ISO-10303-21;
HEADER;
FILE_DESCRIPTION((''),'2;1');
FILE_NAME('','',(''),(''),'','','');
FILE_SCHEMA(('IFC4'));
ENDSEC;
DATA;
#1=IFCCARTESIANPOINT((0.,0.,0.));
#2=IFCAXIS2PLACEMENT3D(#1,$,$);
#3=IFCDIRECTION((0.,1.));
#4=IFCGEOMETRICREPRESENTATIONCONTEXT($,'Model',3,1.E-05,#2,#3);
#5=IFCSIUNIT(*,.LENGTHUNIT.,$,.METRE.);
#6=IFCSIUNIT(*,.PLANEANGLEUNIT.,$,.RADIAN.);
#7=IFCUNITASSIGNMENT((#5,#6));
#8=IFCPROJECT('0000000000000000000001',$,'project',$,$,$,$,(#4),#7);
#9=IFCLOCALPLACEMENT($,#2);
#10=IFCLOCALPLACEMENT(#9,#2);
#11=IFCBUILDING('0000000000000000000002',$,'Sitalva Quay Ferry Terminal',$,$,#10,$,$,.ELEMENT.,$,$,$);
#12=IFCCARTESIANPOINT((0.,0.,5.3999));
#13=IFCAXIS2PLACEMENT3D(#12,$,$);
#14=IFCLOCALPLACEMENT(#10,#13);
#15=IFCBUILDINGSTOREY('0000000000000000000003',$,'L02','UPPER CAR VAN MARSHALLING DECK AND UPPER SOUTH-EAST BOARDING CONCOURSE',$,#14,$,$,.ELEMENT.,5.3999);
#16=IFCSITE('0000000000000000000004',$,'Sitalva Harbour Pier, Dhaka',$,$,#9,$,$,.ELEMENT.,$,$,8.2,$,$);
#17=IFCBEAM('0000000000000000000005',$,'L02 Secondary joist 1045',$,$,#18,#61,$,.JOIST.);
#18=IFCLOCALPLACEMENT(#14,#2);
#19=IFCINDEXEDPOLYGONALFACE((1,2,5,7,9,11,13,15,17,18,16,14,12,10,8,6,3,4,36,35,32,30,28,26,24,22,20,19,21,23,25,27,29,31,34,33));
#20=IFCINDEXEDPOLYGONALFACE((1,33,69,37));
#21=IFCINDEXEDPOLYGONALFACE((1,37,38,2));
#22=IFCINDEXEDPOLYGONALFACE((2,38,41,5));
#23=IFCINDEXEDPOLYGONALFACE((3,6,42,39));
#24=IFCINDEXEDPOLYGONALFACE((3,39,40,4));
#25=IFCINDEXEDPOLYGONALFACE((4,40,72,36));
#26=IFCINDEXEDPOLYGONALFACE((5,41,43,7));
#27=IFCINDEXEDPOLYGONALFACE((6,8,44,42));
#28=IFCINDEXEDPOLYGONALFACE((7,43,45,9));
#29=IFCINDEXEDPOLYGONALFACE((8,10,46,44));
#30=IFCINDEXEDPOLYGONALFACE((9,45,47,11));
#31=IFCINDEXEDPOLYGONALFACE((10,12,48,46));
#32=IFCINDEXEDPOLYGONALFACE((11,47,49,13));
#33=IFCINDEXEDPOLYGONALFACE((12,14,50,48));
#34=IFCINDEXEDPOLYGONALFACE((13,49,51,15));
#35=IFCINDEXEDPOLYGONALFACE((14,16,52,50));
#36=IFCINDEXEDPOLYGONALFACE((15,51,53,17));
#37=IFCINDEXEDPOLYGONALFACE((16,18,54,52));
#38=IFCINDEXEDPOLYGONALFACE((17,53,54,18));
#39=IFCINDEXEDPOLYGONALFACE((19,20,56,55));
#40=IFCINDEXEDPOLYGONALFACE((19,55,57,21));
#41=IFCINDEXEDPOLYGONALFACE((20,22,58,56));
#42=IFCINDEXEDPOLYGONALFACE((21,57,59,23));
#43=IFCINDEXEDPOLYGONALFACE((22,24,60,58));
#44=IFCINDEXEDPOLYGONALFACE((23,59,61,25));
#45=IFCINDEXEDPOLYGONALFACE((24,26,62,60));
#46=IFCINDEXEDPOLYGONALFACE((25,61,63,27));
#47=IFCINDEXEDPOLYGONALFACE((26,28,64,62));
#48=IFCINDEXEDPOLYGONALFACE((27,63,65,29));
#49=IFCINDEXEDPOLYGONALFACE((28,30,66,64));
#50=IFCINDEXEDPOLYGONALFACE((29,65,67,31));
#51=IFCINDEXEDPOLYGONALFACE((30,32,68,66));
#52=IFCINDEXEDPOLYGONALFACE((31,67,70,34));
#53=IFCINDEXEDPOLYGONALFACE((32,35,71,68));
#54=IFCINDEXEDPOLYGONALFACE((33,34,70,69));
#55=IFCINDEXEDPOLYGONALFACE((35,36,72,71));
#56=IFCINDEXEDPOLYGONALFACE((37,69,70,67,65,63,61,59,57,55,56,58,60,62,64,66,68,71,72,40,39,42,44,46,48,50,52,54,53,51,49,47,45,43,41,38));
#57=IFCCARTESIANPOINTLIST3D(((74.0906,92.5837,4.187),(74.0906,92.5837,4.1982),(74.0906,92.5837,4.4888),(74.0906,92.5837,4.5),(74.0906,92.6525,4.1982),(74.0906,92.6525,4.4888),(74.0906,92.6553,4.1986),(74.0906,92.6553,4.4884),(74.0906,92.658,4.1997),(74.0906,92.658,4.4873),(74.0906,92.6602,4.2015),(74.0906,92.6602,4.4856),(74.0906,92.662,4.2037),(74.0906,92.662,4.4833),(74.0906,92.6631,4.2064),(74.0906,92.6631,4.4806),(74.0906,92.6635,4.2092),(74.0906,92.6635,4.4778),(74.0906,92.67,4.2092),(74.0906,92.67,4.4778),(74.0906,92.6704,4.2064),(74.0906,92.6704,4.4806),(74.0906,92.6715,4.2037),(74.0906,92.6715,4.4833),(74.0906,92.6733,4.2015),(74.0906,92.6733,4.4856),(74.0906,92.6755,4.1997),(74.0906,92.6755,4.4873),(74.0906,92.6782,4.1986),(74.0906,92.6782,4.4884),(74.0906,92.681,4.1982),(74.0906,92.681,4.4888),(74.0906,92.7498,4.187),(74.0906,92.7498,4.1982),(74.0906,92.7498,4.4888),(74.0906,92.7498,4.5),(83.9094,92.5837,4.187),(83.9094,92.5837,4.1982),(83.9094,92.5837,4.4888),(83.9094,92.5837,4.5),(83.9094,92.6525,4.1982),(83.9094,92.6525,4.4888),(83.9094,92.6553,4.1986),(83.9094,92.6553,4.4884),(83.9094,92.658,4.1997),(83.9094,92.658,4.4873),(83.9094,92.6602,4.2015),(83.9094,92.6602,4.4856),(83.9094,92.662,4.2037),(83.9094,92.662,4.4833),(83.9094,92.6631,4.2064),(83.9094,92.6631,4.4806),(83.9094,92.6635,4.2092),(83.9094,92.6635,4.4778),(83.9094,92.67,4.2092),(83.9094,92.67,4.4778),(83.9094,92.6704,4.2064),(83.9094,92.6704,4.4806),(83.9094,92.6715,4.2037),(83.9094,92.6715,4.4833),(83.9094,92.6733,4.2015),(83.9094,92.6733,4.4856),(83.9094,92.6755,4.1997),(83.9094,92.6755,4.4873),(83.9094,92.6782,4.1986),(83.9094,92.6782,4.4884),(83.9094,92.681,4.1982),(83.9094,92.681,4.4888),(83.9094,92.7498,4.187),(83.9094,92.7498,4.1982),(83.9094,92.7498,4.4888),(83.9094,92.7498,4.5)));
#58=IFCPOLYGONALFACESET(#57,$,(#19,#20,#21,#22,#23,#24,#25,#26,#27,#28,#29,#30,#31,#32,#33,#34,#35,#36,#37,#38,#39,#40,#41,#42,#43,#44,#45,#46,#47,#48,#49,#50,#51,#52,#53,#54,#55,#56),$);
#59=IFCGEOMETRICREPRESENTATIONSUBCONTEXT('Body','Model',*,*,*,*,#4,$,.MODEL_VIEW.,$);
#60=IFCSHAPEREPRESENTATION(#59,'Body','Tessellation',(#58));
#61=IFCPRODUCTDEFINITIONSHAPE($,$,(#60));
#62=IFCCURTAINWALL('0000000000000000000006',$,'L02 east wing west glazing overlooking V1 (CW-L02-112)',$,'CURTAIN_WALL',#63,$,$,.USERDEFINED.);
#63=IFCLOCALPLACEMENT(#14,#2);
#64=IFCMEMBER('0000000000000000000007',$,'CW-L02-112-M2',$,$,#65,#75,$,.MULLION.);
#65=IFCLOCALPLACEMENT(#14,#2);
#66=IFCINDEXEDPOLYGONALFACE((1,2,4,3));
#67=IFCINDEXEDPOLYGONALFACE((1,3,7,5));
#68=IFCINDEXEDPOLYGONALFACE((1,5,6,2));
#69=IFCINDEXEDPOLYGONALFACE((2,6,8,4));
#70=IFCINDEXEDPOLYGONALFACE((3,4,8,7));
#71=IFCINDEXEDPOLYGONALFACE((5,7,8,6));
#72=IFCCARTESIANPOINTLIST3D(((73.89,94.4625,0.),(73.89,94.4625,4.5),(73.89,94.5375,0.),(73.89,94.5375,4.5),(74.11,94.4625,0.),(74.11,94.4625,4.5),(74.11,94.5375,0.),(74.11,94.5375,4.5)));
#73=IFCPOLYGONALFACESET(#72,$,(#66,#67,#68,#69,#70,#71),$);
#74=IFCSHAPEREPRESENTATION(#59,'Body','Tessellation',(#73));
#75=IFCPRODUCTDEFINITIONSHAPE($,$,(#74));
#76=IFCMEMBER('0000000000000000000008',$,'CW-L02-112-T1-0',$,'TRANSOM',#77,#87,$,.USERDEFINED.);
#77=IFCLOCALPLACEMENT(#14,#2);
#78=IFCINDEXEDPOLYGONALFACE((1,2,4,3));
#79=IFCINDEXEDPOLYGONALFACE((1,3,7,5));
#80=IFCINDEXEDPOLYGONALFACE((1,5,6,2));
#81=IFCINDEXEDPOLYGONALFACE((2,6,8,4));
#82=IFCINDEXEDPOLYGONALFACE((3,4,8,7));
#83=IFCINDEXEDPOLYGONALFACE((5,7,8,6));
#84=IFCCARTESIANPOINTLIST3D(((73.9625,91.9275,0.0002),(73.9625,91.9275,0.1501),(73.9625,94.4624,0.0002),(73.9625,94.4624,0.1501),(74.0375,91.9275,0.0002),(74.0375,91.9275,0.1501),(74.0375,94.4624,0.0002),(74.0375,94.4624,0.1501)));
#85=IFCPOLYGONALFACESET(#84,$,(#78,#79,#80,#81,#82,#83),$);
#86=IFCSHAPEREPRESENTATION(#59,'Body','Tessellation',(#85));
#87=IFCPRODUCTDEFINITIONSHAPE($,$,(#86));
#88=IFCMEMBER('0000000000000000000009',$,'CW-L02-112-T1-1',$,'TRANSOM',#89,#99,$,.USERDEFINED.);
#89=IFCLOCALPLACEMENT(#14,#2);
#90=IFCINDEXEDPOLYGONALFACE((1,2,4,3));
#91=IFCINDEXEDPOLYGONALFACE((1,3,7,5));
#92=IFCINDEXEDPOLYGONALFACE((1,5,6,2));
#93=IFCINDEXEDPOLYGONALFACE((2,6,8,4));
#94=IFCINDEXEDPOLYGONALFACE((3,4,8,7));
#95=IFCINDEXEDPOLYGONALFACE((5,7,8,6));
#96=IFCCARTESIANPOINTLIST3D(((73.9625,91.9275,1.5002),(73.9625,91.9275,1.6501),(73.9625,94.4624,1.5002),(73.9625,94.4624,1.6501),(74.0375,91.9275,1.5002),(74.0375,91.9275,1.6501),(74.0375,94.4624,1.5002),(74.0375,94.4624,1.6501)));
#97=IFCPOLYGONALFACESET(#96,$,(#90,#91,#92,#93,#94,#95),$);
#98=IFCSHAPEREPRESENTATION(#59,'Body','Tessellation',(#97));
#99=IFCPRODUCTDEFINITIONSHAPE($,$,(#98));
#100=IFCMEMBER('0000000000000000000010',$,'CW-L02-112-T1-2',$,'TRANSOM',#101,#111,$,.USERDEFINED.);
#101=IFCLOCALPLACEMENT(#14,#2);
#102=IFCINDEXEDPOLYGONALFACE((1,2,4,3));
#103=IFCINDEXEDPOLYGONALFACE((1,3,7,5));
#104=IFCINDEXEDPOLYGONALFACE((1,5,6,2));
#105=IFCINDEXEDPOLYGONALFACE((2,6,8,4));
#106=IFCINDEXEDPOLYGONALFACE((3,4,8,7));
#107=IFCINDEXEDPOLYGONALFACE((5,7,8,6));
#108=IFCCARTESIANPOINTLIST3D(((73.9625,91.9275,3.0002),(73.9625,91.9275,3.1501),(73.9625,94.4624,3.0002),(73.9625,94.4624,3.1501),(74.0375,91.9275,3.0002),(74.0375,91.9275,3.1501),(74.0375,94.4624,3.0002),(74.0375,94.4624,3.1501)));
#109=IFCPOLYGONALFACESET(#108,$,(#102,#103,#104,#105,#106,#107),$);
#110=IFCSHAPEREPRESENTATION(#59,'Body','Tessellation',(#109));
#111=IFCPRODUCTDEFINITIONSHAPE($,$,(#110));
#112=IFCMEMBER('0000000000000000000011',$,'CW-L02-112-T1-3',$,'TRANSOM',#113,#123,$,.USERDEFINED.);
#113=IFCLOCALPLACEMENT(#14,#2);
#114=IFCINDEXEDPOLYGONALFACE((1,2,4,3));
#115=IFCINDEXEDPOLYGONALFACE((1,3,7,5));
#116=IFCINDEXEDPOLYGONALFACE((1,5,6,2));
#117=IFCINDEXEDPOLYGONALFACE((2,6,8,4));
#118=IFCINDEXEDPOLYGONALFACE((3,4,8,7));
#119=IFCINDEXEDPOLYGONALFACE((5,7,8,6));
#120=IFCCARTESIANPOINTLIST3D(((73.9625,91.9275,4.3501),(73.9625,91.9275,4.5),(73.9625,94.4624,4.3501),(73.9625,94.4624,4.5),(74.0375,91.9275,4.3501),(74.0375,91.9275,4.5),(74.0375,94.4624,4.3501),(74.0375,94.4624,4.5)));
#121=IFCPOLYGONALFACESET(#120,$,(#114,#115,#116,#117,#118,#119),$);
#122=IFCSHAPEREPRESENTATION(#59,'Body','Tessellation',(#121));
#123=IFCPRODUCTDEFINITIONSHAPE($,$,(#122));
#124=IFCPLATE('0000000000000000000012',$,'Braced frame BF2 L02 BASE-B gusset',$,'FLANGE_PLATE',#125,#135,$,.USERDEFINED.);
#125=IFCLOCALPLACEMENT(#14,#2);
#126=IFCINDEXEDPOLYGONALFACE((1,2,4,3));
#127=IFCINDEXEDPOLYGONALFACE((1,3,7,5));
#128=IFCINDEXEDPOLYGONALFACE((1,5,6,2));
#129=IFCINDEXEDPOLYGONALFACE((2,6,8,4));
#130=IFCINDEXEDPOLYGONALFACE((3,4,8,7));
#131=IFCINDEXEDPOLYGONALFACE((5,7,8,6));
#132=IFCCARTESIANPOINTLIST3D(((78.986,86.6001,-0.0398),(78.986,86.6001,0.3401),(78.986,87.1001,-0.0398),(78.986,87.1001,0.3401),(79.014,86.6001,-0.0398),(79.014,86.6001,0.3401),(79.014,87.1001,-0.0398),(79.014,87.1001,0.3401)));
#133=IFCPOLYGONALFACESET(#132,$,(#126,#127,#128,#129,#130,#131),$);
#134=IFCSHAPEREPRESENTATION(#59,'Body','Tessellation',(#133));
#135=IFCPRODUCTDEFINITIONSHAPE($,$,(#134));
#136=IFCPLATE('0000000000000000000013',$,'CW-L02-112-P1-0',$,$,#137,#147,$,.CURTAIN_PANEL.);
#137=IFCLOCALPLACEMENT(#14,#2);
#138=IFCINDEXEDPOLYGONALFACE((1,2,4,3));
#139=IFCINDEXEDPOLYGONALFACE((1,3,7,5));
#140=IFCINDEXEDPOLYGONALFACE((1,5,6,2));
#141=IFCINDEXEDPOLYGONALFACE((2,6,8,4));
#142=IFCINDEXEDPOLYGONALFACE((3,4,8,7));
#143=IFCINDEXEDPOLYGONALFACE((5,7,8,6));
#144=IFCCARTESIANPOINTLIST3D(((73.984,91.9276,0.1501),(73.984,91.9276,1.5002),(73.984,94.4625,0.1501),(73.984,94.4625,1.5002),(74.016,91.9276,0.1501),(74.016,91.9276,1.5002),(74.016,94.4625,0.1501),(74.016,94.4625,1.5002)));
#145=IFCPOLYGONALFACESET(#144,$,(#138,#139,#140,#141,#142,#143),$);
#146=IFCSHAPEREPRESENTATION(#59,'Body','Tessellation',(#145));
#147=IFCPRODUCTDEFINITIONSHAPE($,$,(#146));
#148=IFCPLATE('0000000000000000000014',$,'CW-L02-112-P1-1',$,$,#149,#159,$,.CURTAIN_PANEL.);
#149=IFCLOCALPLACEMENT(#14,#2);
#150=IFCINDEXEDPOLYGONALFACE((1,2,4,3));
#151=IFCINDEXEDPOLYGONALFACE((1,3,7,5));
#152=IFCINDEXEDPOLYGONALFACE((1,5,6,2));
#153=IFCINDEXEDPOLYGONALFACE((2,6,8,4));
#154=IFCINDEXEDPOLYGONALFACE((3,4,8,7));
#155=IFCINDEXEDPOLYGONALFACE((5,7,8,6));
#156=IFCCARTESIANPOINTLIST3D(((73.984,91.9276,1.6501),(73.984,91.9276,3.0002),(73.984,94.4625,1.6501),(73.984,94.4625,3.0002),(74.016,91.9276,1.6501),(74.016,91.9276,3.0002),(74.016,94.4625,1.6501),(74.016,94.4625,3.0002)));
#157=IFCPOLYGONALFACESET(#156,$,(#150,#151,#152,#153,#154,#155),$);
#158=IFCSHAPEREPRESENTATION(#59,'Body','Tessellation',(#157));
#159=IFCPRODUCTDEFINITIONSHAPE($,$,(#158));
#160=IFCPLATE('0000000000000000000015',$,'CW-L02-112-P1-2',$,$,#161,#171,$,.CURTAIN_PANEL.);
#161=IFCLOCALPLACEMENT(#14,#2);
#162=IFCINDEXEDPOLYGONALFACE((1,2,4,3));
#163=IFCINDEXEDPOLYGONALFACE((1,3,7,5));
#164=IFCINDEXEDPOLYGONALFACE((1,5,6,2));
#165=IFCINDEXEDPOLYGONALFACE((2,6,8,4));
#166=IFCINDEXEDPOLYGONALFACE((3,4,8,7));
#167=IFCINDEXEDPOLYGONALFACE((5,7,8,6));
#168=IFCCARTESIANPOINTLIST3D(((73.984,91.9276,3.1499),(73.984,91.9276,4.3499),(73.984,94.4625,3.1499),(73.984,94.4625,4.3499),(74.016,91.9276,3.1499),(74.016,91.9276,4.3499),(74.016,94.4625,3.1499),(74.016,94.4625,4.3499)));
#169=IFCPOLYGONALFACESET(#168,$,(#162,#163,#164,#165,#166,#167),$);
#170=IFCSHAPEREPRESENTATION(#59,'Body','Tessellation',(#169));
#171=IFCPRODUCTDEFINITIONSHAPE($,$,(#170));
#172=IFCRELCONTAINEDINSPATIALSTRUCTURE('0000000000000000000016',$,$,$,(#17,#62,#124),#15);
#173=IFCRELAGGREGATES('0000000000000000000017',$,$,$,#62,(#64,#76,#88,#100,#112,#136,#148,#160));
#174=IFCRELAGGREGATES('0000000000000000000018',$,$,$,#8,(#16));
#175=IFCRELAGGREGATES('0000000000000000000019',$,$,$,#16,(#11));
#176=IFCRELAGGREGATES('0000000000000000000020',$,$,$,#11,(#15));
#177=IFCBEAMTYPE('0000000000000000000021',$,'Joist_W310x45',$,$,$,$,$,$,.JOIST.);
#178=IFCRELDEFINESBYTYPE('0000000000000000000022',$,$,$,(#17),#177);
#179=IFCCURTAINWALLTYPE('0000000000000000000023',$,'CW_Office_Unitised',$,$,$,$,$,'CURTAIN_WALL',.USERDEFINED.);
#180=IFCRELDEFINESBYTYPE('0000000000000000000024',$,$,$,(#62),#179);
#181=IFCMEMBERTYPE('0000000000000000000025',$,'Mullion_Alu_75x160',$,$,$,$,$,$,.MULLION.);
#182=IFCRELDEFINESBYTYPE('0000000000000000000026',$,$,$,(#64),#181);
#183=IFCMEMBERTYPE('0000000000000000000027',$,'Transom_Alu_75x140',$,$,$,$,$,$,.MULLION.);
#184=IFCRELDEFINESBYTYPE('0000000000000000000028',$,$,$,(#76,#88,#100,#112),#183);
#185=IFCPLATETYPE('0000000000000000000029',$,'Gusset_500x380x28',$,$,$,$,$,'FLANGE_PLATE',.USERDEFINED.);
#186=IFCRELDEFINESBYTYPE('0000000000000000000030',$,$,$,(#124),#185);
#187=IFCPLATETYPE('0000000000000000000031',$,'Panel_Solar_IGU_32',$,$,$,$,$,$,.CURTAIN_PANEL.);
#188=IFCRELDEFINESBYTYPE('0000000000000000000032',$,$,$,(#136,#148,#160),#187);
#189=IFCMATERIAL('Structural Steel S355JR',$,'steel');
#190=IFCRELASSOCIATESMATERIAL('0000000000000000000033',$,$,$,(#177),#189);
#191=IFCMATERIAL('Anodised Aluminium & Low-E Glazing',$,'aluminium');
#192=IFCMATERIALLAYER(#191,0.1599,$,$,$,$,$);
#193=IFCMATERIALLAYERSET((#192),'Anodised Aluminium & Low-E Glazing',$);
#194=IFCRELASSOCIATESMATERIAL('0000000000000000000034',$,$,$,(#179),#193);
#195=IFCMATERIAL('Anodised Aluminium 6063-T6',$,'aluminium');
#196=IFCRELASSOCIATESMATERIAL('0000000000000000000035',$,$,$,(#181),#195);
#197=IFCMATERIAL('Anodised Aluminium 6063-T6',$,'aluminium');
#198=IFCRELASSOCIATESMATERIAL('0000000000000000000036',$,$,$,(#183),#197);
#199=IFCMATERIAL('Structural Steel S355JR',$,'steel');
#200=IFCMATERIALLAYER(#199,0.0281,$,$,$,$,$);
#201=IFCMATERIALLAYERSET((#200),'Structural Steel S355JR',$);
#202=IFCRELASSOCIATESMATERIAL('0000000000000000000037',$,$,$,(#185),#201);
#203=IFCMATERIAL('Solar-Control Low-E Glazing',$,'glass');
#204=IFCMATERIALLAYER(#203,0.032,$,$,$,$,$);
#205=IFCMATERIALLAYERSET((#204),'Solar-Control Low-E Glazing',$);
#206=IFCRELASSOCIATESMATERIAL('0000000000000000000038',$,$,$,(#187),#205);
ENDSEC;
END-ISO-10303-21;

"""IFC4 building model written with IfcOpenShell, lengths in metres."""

from ifc_helpers import new_model, si_unit, direction, frame, origin, origin_2d, place, context, subcontext, project, spatial, rectangle, i_section, extrude, material, layer, layer_set, material_profile, profile_set, type_object, element, aggregate, save


model = new_model("IFC4")

# Units and contexts
model_context = context("Model", 3, precision=1e-05, world=origin(), true_north=direction((0.0, 1.0)))
body_context = subcontext(model_context, "Body", "Model", "MODEL_VIEW")
ifc_project = project(units=[si_unit("LENGTHUNIT", "METRE"), si_unit("PLANEANGLEUNIT", "RADIAN")], contexts=[model_context])

# Site, building, storey
site_placement = place(None, origin())
site = spatial("IfcSite", under=ifc_project, at=site_placement, Name="Sitalva Harbour Pier, Dhaka", CompositionType="ELEMENT", RefElevation=8.2)
building_placement = place(site_placement, origin())
building = spatial("IfcBuilding", under=site, at=building_placement, Name="Sitalva Quay Ferry Terminal", CompositionType="ELEMENT")
storey_placement = place(building_placement, frame((0.0, 0.0, 5.3999)))
storey = spatial("IfcBuildingStorey", under=building, at=storey_placement, Name="L02", Description="UPPER CAR VAN MARSHALLING DECK AND UPPER SOUTH-EAST BOARDING CONCOURSE", CompositionType="ELEMENT", Elevation=5.3999)

# Beam
ifc_material_1 = material(Name="Structural Steel S355JR", Category="steel")
ifc_material_profile_1 = material_profile(ifc_material_1, i_section(OverallWidth=0.166, OverallDepth=0.313, WebThickness=0.0066, FlangeThickness=0.0112, FilletRadius=0.011, at=origin_2d()), Name="W310x45")
ifc_profile_set_1 = profile_set([ifc_material_profile_1], Name="Structural Steel S355JR")
beam_type_1 = type_object("IfcBeamType", Name="Joist_W310x45", PredefinedType="JOIST", material=ifc_profile_set_1)
beam_1_placement = place(storey_placement, frame((74.0906, 92.6667, 4.3435), z_axis=(1.0, 0.0, 0.0), x_axis=(0.0, 1.0, 0.0)))
element("IfcBeam", 1, at=beam_1_placement, inside=storey, type_object=beam_type_1, Name="L02 Secondary joist 1045", PredefinedType="JOIST", context=body_context, shape_type="SweptSolid", body=[
    extrude(i_section(OverallWidth=0.166, OverallDepth=0.313, WebThickness=0.0066, FlangeThickness=0.0112, FilletRadius=0.011, at=origin_2d()), origin(), (0.0, 0.0, 1.0), 9.8188),
])

# Curtain wall, members
ifc_material_2 = material(Name="Anodised Aluminium & Low-E Glazing", Category="aluminium")
ifc_layer_1 = layer(ifc_material_2, 0.1599)
ifc_layer_set_1 = layer_set([ifc_layer_1], Name="Anodised Aluminium & Low-E Glazing")
curtain_wall_type = type_object("IfcCurtainWallType", Name="CW_Office_Unitised", ElementType="CURTAIN_WALL", PredefinedType="USERDEFINED", material=ifc_layer_set_1)
curtain_wall_placement = place(storey_placement, origin())
curtain_wall = element("IfcCurtainWall", 2, at=curtain_wall_placement, inside=storey, type_object=curtain_wall_type, Name="L02 east wing west glazing overlooking V1 (CW-L02-112)", ObjectType="CURTAIN_WALL", PredefinedType="USERDEFINED")
ifc_material_3 = material(Name="Anodised Aluminium 6063-T6", Category="aluminium")
ifc_material_profile_2 = material_profile(ifc_material_3, rectangle(XDim=0.075, YDim=0.22, at=origin_2d()), Name="ALU75x220")
ifc_profile_set_2 = profile_set([ifc_material_profile_2], Name="Anodised Aluminium 6063-T6")
member_type_1 = type_object("IfcMemberType", Name="Mullion_Alu_75x160", PredefinedType="MULLION", material=ifc_profile_set_2)
member_1_placement = place(storey_placement, frame((74.0, 94.5, 0.0), z_axis=(0.0, 0.0, 1.0), x_axis=(0.0, 1.0, 0.0)))
member_1 = element("IfcMember", 3, at=member_1_placement, type_object=member_type_1, Name="CW-L02-112-M2", PredefinedType="MULLION", context=body_context, shape_type="SweptSolid", body=[
    extrude(rectangle(XDim=0.075, YDim=0.22, at=origin_2d()), origin(), (0.0, 0.0, 1.0), 4.5),
])
ifc_material_4 = material(Name="Anodised Aluminium 6063-T6", Category="aluminium")
ifc_material_profile_3 = material_profile(ifc_material_4, rectangle(XDim=0.075, YDim=0.1499, at=origin_2d()), Name="ALU75x150")
ifc_profile_set_3 = profile_set([ifc_material_profile_3], Name="Anodised Aluminium 6063-T6")
member_type_2 = type_object("IfcMemberType", Name="Transom_Alu_75x140", PredefinedType="MULLION", material=ifc_profile_set_3)
member_2_placement = place(storey_placement, frame((74.0, 91.9275, 0.0752), z_axis=(0.0, 1.0, 0.0), x_axis=(-1.0, 0.0, 0.0)))
member_2 = element("IfcMember", 4, at=member_2_placement, type_object=member_type_2, Name="CW-L02-112-T1-0", ObjectType="TRANSOM", PredefinedType="USERDEFINED", context=body_context, shape_type="SweptSolid", body=[
    extrude(rectangle(XDim=0.075, YDim=0.1499, at=origin_2d()), origin(), (0.0, 0.0, 1.0), 2.5349),
])
member_3_placement = place(storey_placement, frame((74.0, 91.9275, 1.5752), z_axis=(0.0, 1.0, 0.0), x_axis=(-1.0, 0.0, 0.0)))
member_3 = element("IfcMember", 5, at=member_3_placement, type_object=member_type_2, Name="CW-L02-112-T1-1", ObjectType="TRANSOM", PredefinedType="USERDEFINED", context=body_context, shape_type="SweptSolid", body=[
    extrude(rectangle(XDim=0.075, YDim=0.1499, at=origin_2d()), origin(), (0.0, 0.0, 1.0), 2.5349),
])
member_4_placement = place(storey_placement, frame((74.0, 91.9275, 3.0752), z_axis=(0.0, 1.0, 0.0), x_axis=(-1.0, 0.0, 0.0)))
member_4 = element("IfcMember", 6, at=member_4_placement, type_object=member_type_2, Name="CW-L02-112-T1-2", ObjectType="TRANSOM", PredefinedType="USERDEFINED", context=body_context, shape_type="SweptSolid", body=[
    extrude(rectangle(XDim=0.075, YDim=0.1499, at=origin_2d()), origin(), (0.0, 0.0, 1.0), 2.5349),
])
member_5_placement = place(storey_placement, frame((74.0, 91.9275, 4.425), z_axis=(0.0, 1.0, 0.0), x_axis=(-1.0, 0.0, 0.0)))
member_5 = element("IfcMember", 7, at=member_5_placement, type_object=member_type_2, Name="CW-L02-112-T1-3", ObjectType="TRANSOM", PredefinedType="USERDEFINED", context=body_context, shape_type="SweptSolid", body=[
    extrude(rectangle(XDim=0.075, YDim=0.1499, at=origin_2d()), origin(), (0.0, 0.0, 1.0), 2.5349),
])

# Plates
ifc_material_5 = material(Name="Structural Steel S355JR", Category="steel")
ifc_layer_2 = layer(ifc_material_5, 0.0281)
ifc_layer_set_2 = layer_set([ifc_layer_2], Name="Structural Steel S355JR")
plate_type_1 = type_object("IfcPlateType", Name="Gusset_500x380x28", ElementType="FLANGE_PLATE", PredefinedType="USERDEFINED", material=ifc_layer_set_2)
plate_1_placement = place(storey_placement, frame((79.0, 86.8501, -0.0398), z_axis=(0.0, 0.0, 1.0), x_axis=(1.0, 0.0, 0.0)))
element("IfcPlate", 8, at=plate_1_placement, inside=storey, type_object=plate_type_1, Name="Braced frame BF2 L02 BASE-B gusset", ObjectType="FLANGE_PLATE", PredefinedType="USERDEFINED", context=body_context, shape_type="SweptSolid", body=[
    extrude(rectangle(XDim=0.0281, YDim=0.5, at=origin_2d()), origin(), (0.0, 0.0, 1.0), 0.3799),
])
ifc_material_6 = material(Name="Solar-Control Low-E Glazing", Category="glass")
ifc_layer_3 = layer(ifc_material_6, 0.032)
ifc_layer_set_3 = layer_set([ifc_layer_3], Name="Solar-Control Low-E Glazing")
plate_type_2 = type_object("IfcPlateType", Name="Panel_Solar_IGU_32", PredefinedType="CURTAIN_PANEL", material=ifc_layer_set_3)
plate_2_placement = place(storey_placement, frame((74.0, 93.1951, 0.1501), z_axis=(0.0, 0.0, 1.0), x_axis=(0.0, 1.0, 0.0)))
plate_2 = element("IfcPlate", 9, at=plate_2_placement, type_object=plate_type_2, Name="CW-L02-112-P1-0", PredefinedType="CURTAIN_PANEL", context=body_context, shape_type="SweptSolid", body=[
    extrude(rectangle(XDim=2.5349, YDim=0.032, at=origin_2d()), origin(), (0.0, 0.0, 1.0), 1.3501),
])
plate_3_placement = place(storey_placement, frame((74.0, 93.1951, 1.6501), z_axis=(0.0, 0.0, 1.0), x_axis=(0.0, 1.0, 0.0)))
plate_3 = element("IfcPlate", 10, at=plate_3_placement, type_object=plate_type_2, Name="CW-L02-112-P1-1", PredefinedType="CURTAIN_PANEL", context=body_context, shape_type="SweptSolid", body=[
    extrude(rectangle(XDim=2.5349, YDim=0.032, at=origin_2d()), origin(), (0.0, 0.0, 1.0), 1.3501),
])
plate_4_placement = place(storey_placement, frame((74.0, 93.1951, 3.1499), z_axis=(0.0, 0.0, 1.0), x_axis=(0.0, 1.0, 0.0)))
plate_4 = element("IfcPlate", 11, at=plate_4_placement, type_object=plate_type_2, Name="CW-L02-112-P1-2", PredefinedType="CURTAIN_PANEL", context=body_context, shape_type="SweptSolid", body=[
    extrude(rectangle(XDim=2.5349, YDim=0.032, at=origin_2d()), origin(), (0.0, 0.0, 1.0), 1.2),
])
aggregate(curtain_wall, [member_1, member_2, member_3, member_4, member_5, plate_2, plate_3, plate_4])

save(model, "model.ifc")
